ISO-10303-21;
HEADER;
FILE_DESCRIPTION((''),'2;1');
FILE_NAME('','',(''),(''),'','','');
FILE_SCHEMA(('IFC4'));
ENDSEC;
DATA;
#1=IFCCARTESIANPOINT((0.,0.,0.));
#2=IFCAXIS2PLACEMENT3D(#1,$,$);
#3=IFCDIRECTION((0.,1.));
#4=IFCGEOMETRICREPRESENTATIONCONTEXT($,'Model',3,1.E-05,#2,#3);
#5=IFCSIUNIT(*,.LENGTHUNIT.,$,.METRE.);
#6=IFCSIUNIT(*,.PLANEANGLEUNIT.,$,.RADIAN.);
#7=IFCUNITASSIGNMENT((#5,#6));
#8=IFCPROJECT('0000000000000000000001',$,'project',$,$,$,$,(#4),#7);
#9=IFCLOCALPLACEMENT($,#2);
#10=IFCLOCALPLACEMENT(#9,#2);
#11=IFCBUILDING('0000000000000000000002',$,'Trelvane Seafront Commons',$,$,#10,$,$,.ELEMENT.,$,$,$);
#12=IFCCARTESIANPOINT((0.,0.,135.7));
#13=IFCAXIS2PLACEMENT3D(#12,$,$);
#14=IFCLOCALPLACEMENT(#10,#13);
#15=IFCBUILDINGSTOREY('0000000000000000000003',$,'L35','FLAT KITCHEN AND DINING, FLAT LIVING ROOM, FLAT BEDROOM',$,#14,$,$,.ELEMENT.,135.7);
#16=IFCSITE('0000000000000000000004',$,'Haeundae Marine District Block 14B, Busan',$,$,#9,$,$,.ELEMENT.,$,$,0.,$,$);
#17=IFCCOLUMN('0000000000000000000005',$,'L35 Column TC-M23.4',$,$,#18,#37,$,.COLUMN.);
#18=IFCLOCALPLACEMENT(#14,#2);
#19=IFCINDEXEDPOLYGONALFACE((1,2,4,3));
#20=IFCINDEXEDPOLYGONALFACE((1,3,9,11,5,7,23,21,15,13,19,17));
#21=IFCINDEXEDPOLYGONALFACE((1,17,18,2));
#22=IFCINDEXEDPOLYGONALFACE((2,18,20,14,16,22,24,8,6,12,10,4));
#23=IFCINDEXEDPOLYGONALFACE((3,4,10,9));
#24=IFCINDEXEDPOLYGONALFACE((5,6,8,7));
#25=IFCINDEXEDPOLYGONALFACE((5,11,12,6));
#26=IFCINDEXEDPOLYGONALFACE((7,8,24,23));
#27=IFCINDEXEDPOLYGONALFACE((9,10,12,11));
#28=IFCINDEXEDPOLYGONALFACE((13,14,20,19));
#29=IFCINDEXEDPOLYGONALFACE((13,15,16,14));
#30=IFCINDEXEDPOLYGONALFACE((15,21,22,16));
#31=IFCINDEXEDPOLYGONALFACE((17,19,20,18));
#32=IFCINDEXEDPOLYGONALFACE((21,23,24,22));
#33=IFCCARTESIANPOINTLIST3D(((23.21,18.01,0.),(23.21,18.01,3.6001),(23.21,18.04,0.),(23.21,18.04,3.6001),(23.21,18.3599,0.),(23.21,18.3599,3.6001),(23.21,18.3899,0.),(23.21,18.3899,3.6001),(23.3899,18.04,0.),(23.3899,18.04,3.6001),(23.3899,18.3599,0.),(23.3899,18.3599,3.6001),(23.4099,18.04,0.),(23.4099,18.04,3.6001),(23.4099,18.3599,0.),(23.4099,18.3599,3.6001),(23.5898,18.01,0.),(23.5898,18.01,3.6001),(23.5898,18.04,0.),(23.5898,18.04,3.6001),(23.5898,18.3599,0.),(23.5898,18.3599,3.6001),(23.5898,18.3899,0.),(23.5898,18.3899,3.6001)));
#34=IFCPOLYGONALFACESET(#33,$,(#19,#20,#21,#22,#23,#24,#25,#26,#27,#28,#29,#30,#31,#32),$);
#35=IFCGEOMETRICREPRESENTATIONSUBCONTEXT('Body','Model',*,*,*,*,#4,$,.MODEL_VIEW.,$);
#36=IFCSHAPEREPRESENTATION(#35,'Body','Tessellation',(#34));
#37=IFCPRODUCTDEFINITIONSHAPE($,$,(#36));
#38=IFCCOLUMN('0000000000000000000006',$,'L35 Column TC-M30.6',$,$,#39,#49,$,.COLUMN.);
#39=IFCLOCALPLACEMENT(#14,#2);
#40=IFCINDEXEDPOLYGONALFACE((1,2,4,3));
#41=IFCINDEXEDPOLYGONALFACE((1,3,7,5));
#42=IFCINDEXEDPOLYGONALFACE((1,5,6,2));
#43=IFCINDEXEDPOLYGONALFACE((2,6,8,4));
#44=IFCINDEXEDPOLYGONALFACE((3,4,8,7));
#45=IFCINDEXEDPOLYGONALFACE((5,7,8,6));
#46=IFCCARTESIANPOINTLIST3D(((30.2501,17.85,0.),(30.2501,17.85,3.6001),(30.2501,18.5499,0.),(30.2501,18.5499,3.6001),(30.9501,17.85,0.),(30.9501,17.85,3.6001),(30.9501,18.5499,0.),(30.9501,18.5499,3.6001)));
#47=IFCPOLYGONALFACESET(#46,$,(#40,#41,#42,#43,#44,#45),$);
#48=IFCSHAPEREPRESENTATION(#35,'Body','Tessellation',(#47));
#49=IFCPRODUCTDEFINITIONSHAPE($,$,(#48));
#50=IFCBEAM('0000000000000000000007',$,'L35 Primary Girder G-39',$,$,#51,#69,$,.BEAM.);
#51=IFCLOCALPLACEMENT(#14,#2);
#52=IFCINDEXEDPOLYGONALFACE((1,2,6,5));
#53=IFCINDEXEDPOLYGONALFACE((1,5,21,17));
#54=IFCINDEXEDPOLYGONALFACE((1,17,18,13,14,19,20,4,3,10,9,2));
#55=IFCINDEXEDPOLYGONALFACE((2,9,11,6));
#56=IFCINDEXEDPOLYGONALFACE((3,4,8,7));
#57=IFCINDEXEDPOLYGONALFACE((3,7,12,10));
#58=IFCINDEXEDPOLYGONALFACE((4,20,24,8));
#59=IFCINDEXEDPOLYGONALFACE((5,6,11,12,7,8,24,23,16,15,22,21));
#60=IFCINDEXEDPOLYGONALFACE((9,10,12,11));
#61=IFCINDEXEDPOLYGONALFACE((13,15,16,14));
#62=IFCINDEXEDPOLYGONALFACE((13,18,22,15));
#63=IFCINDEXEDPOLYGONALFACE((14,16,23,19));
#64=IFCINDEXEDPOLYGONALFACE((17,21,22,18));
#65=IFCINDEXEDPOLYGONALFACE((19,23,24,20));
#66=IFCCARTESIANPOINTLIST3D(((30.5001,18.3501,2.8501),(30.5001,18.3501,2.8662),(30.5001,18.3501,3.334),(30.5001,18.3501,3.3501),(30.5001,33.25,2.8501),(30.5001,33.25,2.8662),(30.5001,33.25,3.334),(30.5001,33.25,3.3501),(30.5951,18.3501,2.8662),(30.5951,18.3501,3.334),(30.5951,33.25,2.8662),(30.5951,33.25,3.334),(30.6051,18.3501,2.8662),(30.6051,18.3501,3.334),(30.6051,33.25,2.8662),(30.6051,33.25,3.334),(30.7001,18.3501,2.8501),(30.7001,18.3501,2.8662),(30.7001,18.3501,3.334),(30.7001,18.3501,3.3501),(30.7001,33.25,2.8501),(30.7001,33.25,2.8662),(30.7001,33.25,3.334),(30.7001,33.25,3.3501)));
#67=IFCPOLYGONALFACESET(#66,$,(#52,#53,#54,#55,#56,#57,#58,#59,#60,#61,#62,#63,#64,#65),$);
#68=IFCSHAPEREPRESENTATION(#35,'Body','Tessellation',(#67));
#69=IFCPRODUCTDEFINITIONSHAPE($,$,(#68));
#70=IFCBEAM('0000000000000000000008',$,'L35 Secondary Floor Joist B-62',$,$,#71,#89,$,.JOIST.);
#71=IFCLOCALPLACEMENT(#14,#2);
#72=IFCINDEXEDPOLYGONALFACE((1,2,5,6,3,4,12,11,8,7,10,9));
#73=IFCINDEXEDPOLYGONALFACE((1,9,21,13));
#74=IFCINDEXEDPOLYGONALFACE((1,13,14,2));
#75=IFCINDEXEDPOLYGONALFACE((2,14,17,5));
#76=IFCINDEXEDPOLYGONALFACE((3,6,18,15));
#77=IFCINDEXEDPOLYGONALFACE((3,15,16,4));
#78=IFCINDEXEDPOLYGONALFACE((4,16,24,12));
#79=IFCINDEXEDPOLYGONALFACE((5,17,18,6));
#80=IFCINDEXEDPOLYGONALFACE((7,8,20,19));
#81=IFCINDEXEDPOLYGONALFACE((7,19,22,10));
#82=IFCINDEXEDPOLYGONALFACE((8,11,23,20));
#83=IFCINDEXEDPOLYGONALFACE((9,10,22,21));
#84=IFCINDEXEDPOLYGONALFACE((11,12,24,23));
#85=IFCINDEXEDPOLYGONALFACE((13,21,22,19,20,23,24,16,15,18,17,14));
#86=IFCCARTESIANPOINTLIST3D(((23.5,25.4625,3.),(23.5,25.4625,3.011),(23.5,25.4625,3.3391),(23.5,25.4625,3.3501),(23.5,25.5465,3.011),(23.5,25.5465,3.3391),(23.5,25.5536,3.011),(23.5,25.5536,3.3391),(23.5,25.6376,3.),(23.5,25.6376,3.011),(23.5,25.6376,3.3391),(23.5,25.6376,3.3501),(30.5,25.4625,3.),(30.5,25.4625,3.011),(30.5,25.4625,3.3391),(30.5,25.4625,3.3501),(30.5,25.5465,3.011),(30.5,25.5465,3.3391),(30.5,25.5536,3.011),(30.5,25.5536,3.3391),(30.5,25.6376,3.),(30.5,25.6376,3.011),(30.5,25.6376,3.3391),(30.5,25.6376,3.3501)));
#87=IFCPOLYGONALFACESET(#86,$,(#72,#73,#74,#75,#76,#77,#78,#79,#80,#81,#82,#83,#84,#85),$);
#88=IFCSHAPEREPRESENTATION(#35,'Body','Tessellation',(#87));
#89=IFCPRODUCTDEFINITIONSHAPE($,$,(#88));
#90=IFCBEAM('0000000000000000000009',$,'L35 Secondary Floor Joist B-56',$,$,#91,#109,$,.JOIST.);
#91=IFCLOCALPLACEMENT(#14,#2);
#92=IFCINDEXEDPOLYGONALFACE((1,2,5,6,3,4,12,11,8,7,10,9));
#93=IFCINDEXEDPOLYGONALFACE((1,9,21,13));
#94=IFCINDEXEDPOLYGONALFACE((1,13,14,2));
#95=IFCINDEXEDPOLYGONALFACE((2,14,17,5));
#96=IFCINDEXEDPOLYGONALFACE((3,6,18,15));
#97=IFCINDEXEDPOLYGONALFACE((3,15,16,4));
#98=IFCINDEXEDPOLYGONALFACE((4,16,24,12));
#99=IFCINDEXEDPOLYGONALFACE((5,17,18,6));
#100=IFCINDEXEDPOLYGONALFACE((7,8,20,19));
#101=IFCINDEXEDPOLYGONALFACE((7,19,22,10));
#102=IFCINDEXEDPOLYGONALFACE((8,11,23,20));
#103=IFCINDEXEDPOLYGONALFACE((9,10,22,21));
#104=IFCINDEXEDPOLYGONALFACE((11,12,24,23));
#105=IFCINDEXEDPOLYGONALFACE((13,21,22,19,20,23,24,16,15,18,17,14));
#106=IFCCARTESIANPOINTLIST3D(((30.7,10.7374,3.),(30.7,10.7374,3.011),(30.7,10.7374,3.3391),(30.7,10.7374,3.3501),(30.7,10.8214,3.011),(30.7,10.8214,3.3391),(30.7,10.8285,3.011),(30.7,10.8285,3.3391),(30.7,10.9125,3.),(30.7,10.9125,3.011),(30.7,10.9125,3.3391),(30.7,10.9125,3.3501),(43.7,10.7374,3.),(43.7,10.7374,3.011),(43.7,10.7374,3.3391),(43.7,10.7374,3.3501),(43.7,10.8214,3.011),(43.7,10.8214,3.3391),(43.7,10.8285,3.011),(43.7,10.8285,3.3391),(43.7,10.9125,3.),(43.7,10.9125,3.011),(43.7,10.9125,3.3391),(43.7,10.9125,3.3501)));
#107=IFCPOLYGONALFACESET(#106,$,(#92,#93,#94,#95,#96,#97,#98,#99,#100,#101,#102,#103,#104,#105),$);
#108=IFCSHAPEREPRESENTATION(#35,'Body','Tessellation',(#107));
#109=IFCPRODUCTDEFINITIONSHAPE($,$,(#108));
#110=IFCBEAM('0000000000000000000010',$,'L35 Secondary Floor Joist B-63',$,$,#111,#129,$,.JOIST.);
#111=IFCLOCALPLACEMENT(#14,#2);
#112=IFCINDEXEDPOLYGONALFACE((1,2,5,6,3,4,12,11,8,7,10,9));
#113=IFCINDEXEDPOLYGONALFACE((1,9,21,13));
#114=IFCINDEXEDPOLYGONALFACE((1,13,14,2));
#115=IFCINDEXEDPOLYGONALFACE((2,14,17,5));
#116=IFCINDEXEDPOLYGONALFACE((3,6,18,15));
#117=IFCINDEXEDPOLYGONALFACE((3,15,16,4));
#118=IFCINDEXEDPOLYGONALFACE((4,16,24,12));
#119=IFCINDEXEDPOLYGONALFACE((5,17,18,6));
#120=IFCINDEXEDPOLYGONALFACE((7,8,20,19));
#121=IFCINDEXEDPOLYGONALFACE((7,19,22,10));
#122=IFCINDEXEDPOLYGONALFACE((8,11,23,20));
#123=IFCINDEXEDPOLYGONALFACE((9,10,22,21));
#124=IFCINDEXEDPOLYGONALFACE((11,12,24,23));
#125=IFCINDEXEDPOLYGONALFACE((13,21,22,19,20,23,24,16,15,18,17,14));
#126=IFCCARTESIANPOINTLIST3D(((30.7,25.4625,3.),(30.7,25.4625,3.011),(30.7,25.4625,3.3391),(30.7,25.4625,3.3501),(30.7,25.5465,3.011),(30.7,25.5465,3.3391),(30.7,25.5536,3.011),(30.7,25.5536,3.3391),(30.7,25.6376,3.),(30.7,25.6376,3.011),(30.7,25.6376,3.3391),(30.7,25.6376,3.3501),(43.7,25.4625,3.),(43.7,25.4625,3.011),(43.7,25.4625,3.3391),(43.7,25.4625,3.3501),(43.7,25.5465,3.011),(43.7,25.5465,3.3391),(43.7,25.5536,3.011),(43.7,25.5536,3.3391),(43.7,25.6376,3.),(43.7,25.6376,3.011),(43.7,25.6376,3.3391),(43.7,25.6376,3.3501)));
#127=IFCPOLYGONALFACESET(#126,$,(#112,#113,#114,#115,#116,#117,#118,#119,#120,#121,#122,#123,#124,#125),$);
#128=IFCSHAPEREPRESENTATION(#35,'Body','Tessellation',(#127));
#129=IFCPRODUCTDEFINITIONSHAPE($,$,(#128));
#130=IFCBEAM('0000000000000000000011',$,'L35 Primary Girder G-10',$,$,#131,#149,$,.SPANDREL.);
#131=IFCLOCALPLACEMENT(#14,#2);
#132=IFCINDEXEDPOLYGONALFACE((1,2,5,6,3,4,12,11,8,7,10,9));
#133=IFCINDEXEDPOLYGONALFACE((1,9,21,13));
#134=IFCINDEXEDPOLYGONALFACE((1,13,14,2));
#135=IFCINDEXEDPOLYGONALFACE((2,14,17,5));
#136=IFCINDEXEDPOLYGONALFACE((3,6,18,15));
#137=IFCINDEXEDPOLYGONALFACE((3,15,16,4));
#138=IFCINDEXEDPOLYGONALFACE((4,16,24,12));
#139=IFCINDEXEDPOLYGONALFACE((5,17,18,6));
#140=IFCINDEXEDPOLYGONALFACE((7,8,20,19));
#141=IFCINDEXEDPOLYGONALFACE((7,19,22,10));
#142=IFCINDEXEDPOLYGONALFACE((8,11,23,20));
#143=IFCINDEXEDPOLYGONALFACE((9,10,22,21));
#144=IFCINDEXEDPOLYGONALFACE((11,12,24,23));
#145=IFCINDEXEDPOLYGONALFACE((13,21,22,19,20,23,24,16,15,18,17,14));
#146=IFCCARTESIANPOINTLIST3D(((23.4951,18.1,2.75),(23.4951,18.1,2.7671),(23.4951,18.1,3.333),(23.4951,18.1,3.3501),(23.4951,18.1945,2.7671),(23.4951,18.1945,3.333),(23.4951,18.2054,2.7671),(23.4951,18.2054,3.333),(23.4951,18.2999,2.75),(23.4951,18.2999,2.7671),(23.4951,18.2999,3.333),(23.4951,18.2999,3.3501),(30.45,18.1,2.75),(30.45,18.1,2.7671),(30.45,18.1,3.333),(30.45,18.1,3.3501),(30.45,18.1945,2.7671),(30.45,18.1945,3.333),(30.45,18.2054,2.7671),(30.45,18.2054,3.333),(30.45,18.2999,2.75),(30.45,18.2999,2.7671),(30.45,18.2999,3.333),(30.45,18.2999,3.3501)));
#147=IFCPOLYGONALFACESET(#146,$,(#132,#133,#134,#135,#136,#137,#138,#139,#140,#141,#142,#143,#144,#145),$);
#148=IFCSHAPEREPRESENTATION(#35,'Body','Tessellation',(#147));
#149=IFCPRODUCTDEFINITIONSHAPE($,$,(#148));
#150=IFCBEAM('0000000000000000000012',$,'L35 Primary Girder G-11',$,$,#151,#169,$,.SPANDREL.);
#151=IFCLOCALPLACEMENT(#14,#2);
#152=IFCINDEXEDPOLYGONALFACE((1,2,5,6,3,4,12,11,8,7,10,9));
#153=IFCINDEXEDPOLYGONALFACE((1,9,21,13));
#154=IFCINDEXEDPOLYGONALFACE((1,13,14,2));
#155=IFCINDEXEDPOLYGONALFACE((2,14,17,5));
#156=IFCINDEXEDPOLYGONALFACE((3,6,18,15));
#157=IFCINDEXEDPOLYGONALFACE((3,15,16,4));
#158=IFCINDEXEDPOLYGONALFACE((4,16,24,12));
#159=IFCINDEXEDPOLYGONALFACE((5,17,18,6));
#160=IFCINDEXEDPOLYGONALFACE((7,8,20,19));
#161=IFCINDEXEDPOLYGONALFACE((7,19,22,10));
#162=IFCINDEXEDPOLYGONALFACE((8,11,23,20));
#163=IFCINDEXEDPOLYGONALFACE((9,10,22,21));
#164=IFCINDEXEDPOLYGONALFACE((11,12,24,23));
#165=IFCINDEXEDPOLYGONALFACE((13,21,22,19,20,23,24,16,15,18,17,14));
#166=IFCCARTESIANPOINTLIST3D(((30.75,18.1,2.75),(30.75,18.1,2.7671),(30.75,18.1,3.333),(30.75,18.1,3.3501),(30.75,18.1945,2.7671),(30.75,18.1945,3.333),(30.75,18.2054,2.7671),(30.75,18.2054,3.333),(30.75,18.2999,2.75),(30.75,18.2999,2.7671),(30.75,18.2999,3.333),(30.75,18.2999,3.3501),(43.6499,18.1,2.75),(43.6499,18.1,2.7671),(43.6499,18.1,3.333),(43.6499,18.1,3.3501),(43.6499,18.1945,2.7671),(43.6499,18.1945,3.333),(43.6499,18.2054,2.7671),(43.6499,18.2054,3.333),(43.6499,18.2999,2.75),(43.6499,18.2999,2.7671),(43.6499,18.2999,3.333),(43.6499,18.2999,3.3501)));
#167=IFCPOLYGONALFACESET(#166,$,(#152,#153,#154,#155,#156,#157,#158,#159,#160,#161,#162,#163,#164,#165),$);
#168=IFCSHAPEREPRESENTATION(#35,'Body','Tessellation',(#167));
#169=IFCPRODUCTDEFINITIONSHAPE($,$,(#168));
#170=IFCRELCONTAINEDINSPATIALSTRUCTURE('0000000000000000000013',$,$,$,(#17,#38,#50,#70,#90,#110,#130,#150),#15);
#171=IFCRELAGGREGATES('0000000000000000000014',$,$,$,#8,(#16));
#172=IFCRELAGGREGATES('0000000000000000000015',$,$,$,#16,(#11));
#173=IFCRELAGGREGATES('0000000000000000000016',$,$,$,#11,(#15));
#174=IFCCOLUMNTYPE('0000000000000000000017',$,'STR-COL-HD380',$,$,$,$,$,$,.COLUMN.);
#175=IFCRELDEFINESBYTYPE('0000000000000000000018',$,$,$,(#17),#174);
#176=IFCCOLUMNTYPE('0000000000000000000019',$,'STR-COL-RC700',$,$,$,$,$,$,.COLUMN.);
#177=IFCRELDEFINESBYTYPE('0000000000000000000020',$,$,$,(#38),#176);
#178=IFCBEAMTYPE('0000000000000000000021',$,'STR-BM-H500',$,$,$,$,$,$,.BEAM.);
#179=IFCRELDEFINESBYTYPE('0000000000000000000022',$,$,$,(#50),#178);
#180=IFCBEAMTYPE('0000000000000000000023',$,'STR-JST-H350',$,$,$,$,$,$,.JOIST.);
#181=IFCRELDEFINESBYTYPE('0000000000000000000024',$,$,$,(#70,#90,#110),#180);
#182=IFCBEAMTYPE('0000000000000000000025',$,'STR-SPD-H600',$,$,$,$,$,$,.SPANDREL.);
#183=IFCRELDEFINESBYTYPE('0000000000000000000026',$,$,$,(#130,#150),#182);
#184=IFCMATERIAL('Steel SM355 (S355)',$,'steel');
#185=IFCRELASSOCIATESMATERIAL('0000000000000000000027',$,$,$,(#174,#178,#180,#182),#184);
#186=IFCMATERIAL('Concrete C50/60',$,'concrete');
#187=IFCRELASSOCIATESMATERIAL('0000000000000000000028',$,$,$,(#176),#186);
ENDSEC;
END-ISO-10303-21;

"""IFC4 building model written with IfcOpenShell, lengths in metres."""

from ifc_helpers import new_model, si_unit, direction, frame, origin, origin_2d, place, context, subcontext, project, spatial, rectangle, i_section, extrude, source, transform, mapped, material, material_profile, profile_set, type_object, element, save


model = new_model("IFC4")

# Units and contexts
model_context = context("Model", 3, precision=1e-05, world=origin(), true_north=direction((0.0, 1.0)))
body_context = subcontext(model_context, "Body", "Model", "MODEL_VIEW")
ifc_project = project(units=[si_unit("LENGTHUNIT", "METRE"), si_unit("PLANEANGLEUNIT", "RADIAN")], contexts=[model_context])

# Site, building, storey
site_placement = place(None, origin())
site = spatial("IfcSite", under=ifc_project, at=site_placement, Name="Haeundae Marine District Block 14B, Busan", CompositionType="ELEMENT", RefElevation=0.0)
building_placement = place(site_placement, origin())
building = spatial("IfcBuilding", under=site, at=building_placement, Name="Trelvane Seafront Commons", CompositionType="ELEMENT")
storey_placement = place(building_placement, frame((0.0, 0.0, 135.7)))
storey = spatial("IfcBuildingStorey", under=building, at=storey_placement, Name="L35", Description="FLAT KITCHEN AND DINING, FLAT LIVING ROOM, FLAT BEDROOM", CompositionType="ELEMENT", Elevation=135.7)

# Columns
ifc_material_1 = material(Name="Steel SM355 (S355)", Category="steel")
ifc_material_profile_1 = material_profile(ifc_material_1, i_section(OverallWidth=0.3799, OverallDepth=0.3799, WebThickness=0.02, FlangeThickness=0.03, at=origin_2d()), Name="HD-380x380x20x30")
ifc_profile_set_1 = profile_set([ifc_material_profile_1], Name="Steel SM355 (S355)")
column_type_1 = type_object("IfcColumnType", Name="STR-COL-HD380", PredefinedType="COLUMN", material=ifc_profile_set_1)
shared_shape_1 = source(origin(), body_context, "Body", "SweptSolid", [
    extrude(i_section(OverallWidth=0.3799, OverallDepth=0.3799, WebThickness=0.02, FlangeThickness=0.03, at=origin_2d()), origin(), (0.0, 0.0, 1.0), 3.6001),
])
column_1_placement = place(storey_placement, frame((23.3999, 18.2, 0.0), z_axis=(0.0, 0.0, 1.0), x_axis=(1.0, 0.0, 0.0)))
element("IfcColumn", 1, at=column_1_placement, inside=storey, type_object=column_type_1, Name="L35 Column TC-M23.4", PredefinedType="COLUMN", context=body_context, shape_type="MappedRepresentation", body=[
    mapped(shared_shape_1, transform((0.0, 0.0, 0.0), x_axis=(1.0, 0.0, 0.0), y_axis=(0.0, 1.0, 0.0), z_axis=(0.0, 0.0, 1.0), scale=1.0)),
])
ifc_material_2 = material(Name="Concrete C50/60", Category="concrete")
ifc_material_profile_2 = material_profile(ifc_material_2, rectangle(XDim=0.7, YDim=0.7, at=origin_2d()), Name="RC-700x700")
ifc_profile_set_2 = profile_set([ifc_material_profile_2], Name="Concrete C50/60")
column_type_2 = type_object("IfcColumnType", Name="STR-COL-RC700", PredefinedType="COLUMN", material=ifc_profile_set_2)
shared_shape_2 = source(origin(), body_context, "Body", "SweptSolid", [
    extrude(rectangle(XDim=0.7, YDim=0.7, at=origin_2d()), origin(), (0.0, 0.0, 1.0), 3.6001),
])
column_2_placement = place(storey_placement, frame((30.6001, 18.2, 0.0), z_axis=(0.0, 0.0, 1.0), x_axis=(1.0, 0.0, 0.0)))
element("IfcColumn", 2, at=column_2_placement, inside=storey, type_object=column_type_2, Name="L35 Column TC-M30.6", PredefinedType="COLUMN", context=body_context, shape_type="MappedRepresentation", body=[
    mapped(shared_shape_2, transform((0.0, 0.0, 0.0), x_axis=(1.0, 0.0, 0.0), y_axis=(0.0, 1.0, 0.0), z_axis=(0.0, 0.0, 1.0), scale=1.0)),
])

# Beams
ifc_material_profile_3 = material_profile(ifc_material_1, i_section(OverallWidth=0.2, OverallDepth=0.5, WebThickness=0.01, FlangeThickness=0.0161, at=origin_2d()), Name="H-500x200x10x16")
ifc_profile_set_3 = profile_set([ifc_material_profile_3], Name="Steel SM355 (S355)")
beam_type_1 = type_object("IfcBeamType", Name="STR-BM-H500", PredefinedType="BEAM", material=ifc_profile_set_3)
shared_shape_3 = source(origin(), body_context, "Body", "SweptSolid", [
    extrude(i_section(OverallWidth=0.2, OverallDepth=0.5, WebThickness=0.01, FlangeThickness=0.0161, at=origin_2d()), origin(), (0.0, 0.0, 1.0), 14.8999),
])
beam_1_placement = place(storey_placement, frame((30.6001, 18.3501, 3.1001), z_axis=(0.0, 1.0, 0.0), x_axis=(-1.0, 0.0, 0.0)))
element("IfcBeam", 3, at=beam_1_placement, inside=storey, type_object=beam_type_1, Name="L35 Primary Girder G-39", PredefinedType="BEAM", context=body_context, shape_type="MappedRepresentation", body=[
    mapped(shared_shape_3, transform((0.0, 0.0, 0.0), x_axis=(1.0, 0.0, 0.0), y_axis=(0.0, 1.0, 0.0), z_axis=(0.0, 0.0, 1.0), scale=1.0)),
])
ifc_material_profile_4 = material_profile(ifc_material_1, i_section(OverallWidth=0.175, OverallDepth=0.3501, WebThickness=0.0071, FlangeThickness=0.011, at=origin_2d()), Name="H-350x175x7x11")
ifc_profile_set_4 = profile_set([ifc_material_profile_4], Name="Steel SM355 (S355)")
beam_type_2 = type_object("IfcBeamType", Name="STR-JST-H350", PredefinedType="JOIST", material=ifc_profile_set_4)
shared_shape_4 = source(origin(), body_context, "Body", "SweptSolid", [
    extrude(i_section(OverallWidth=0.175, OverallDepth=0.3501, WebThickness=0.0071, FlangeThickness=0.011, at=origin_2d()), origin(), (0.0, 0.0, 1.0), 7.0),
])
beam_2_placement = place(storey_placement, frame((23.5, 25.55, 3.175), z_axis=(1.0, 0.0, 0.0), x_axis=(0.0, 1.0, 0.0)))
element("IfcBeam", 4, at=beam_2_placement, inside=storey, type_object=beam_type_2, Name="L35 Secondary Floor Joist B-62", PredefinedType="JOIST", context=body_context, shape_type="MappedRepresentation", body=[
    mapped(shared_shape_4, transform((0.0, 0.0, 0.0), x_axis=(1.0, 0.0, 0.0), y_axis=(0.0, 1.0, 0.0), z_axis=(0.0, 0.0, 1.0), scale=1.0)),
])
shared_shape_5 = source(origin(), body_context, "Body", "SweptSolid", [
    extrude(i_section(OverallWidth=0.175, OverallDepth=0.3501, WebThickness=0.0071, FlangeThickness=0.011, at=origin_2d()), origin(), (0.0, 0.0, 1.0), 13.0),
])
for number, where, z_axis, x_axis, name in (
    (5, (30.7, 10.825, 3.175), (1.0, 0.0, 0.0), (0.0, 1.0, 0.0), "L35 Secondary Floor Joist B-56"),
    (6, (30.7, 25.55, 3.175), (1.0, 0.0, 0.0), (0.0, 1.0, 0.0), "L35 Secondary Floor Joist B-63"),
):
    element("IfcBeam", number, at=place(storey_placement, frame(where, z_axis=z_axis, x_axis=x_axis)), inside=storey, type_object=beam_type_2, Name=name, PredefinedType="JOIST", context=body_context, shape_type="MappedRepresentation", body=[
        mapped(shared_shape_5, transform((0.0, 0.0, 0.0), x_axis=(1.0, 0.0, 0.0), y_axis=(0.0, 1.0, 0.0), z_axis=(0.0, 0.0, 1.0), scale=1.0)),
    ])
ifc_material_profile_5 = material_profile(ifc_material_1, i_section(OverallWidth=0.2, OverallDepth=0.6001, WebThickness=0.011, FlangeThickness=0.0171, at=origin_2d()), Name="H-600x200x11x17")
ifc_profile_set_5 = profile_set([ifc_material_profile_5], Name="Steel SM355 (S355)")
beam_type_3 = type_object("IfcBeamType", Name="STR-SPD-H600", PredefinedType="SPANDREL", material=ifc_profile_set_5)
shared_shape_6 = source(origin(), body_context, "Body", "SweptSolid", [
    extrude(i_section(OverallWidth=0.2, OverallDepth=0.6001, WebThickness=0.011, FlangeThickness=0.0171, at=origin_2d()), origin(), (0.0, 0.0, 1.0), 6.9548),
])
beam_3_placement = place(storey_placement, frame((23.4951, 18.2, 3.05), z_axis=(1.0, 0.0, 0.0), x_axis=(0.0, 1.0, 0.0)))
element("IfcBeam", 7, at=beam_3_placement, inside=storey, type_object=beam_type_3, Name="L35 Primary Girder G-10", PredefinedType="SPANDREL", context=body_context, shape_type="MappedRepresentation", body=[
    mapped(shared_shape_6, transform((0.0, 0.0, 0.0), x_axis=(1.0, 0.0, 0.0), y_axis=(0.0, 1.0, 0.0), z_axis=(0.0, 0.0, 1.0), scale=1.0)),
])
shared_shape_7 = source(origin(), body_context, "Body", "SweptSolid", [
    extrude(i_section(OverallWidth=0.2, OverallDepth=0.6001, WebThickness=0.011, FlangeThickness=0.0171, at=origin_2d()), origin(), (0.0, 0.0, 1.0), 12.8999),
])
beam_4_placement = place(storey_placement, frame((30.75, 18.2, 3.05), z_axis=(1.0, 0.0, 0.0), x_axis=(0.0, 1.0, 0.0)))
element("IfcBeam", 8, at=beam_4_placement, inside=storey, type_object=beam_type_3, Name="L35 Primary Girder G-11", PredefinedType="SPANDREL", context=body_context, shape_type="MappedRepresentation", body=[
    mapped(shared_shape_7, transform((0.0, 0.0, 0.0), x_axis=(1.0, 0.0, 0.0), y_axis=(0.0, 1.0, 0.0), z_axis=(0.0, 0.0, 1.0), scale=1.0)),
])

save(model, "model.ifc")
